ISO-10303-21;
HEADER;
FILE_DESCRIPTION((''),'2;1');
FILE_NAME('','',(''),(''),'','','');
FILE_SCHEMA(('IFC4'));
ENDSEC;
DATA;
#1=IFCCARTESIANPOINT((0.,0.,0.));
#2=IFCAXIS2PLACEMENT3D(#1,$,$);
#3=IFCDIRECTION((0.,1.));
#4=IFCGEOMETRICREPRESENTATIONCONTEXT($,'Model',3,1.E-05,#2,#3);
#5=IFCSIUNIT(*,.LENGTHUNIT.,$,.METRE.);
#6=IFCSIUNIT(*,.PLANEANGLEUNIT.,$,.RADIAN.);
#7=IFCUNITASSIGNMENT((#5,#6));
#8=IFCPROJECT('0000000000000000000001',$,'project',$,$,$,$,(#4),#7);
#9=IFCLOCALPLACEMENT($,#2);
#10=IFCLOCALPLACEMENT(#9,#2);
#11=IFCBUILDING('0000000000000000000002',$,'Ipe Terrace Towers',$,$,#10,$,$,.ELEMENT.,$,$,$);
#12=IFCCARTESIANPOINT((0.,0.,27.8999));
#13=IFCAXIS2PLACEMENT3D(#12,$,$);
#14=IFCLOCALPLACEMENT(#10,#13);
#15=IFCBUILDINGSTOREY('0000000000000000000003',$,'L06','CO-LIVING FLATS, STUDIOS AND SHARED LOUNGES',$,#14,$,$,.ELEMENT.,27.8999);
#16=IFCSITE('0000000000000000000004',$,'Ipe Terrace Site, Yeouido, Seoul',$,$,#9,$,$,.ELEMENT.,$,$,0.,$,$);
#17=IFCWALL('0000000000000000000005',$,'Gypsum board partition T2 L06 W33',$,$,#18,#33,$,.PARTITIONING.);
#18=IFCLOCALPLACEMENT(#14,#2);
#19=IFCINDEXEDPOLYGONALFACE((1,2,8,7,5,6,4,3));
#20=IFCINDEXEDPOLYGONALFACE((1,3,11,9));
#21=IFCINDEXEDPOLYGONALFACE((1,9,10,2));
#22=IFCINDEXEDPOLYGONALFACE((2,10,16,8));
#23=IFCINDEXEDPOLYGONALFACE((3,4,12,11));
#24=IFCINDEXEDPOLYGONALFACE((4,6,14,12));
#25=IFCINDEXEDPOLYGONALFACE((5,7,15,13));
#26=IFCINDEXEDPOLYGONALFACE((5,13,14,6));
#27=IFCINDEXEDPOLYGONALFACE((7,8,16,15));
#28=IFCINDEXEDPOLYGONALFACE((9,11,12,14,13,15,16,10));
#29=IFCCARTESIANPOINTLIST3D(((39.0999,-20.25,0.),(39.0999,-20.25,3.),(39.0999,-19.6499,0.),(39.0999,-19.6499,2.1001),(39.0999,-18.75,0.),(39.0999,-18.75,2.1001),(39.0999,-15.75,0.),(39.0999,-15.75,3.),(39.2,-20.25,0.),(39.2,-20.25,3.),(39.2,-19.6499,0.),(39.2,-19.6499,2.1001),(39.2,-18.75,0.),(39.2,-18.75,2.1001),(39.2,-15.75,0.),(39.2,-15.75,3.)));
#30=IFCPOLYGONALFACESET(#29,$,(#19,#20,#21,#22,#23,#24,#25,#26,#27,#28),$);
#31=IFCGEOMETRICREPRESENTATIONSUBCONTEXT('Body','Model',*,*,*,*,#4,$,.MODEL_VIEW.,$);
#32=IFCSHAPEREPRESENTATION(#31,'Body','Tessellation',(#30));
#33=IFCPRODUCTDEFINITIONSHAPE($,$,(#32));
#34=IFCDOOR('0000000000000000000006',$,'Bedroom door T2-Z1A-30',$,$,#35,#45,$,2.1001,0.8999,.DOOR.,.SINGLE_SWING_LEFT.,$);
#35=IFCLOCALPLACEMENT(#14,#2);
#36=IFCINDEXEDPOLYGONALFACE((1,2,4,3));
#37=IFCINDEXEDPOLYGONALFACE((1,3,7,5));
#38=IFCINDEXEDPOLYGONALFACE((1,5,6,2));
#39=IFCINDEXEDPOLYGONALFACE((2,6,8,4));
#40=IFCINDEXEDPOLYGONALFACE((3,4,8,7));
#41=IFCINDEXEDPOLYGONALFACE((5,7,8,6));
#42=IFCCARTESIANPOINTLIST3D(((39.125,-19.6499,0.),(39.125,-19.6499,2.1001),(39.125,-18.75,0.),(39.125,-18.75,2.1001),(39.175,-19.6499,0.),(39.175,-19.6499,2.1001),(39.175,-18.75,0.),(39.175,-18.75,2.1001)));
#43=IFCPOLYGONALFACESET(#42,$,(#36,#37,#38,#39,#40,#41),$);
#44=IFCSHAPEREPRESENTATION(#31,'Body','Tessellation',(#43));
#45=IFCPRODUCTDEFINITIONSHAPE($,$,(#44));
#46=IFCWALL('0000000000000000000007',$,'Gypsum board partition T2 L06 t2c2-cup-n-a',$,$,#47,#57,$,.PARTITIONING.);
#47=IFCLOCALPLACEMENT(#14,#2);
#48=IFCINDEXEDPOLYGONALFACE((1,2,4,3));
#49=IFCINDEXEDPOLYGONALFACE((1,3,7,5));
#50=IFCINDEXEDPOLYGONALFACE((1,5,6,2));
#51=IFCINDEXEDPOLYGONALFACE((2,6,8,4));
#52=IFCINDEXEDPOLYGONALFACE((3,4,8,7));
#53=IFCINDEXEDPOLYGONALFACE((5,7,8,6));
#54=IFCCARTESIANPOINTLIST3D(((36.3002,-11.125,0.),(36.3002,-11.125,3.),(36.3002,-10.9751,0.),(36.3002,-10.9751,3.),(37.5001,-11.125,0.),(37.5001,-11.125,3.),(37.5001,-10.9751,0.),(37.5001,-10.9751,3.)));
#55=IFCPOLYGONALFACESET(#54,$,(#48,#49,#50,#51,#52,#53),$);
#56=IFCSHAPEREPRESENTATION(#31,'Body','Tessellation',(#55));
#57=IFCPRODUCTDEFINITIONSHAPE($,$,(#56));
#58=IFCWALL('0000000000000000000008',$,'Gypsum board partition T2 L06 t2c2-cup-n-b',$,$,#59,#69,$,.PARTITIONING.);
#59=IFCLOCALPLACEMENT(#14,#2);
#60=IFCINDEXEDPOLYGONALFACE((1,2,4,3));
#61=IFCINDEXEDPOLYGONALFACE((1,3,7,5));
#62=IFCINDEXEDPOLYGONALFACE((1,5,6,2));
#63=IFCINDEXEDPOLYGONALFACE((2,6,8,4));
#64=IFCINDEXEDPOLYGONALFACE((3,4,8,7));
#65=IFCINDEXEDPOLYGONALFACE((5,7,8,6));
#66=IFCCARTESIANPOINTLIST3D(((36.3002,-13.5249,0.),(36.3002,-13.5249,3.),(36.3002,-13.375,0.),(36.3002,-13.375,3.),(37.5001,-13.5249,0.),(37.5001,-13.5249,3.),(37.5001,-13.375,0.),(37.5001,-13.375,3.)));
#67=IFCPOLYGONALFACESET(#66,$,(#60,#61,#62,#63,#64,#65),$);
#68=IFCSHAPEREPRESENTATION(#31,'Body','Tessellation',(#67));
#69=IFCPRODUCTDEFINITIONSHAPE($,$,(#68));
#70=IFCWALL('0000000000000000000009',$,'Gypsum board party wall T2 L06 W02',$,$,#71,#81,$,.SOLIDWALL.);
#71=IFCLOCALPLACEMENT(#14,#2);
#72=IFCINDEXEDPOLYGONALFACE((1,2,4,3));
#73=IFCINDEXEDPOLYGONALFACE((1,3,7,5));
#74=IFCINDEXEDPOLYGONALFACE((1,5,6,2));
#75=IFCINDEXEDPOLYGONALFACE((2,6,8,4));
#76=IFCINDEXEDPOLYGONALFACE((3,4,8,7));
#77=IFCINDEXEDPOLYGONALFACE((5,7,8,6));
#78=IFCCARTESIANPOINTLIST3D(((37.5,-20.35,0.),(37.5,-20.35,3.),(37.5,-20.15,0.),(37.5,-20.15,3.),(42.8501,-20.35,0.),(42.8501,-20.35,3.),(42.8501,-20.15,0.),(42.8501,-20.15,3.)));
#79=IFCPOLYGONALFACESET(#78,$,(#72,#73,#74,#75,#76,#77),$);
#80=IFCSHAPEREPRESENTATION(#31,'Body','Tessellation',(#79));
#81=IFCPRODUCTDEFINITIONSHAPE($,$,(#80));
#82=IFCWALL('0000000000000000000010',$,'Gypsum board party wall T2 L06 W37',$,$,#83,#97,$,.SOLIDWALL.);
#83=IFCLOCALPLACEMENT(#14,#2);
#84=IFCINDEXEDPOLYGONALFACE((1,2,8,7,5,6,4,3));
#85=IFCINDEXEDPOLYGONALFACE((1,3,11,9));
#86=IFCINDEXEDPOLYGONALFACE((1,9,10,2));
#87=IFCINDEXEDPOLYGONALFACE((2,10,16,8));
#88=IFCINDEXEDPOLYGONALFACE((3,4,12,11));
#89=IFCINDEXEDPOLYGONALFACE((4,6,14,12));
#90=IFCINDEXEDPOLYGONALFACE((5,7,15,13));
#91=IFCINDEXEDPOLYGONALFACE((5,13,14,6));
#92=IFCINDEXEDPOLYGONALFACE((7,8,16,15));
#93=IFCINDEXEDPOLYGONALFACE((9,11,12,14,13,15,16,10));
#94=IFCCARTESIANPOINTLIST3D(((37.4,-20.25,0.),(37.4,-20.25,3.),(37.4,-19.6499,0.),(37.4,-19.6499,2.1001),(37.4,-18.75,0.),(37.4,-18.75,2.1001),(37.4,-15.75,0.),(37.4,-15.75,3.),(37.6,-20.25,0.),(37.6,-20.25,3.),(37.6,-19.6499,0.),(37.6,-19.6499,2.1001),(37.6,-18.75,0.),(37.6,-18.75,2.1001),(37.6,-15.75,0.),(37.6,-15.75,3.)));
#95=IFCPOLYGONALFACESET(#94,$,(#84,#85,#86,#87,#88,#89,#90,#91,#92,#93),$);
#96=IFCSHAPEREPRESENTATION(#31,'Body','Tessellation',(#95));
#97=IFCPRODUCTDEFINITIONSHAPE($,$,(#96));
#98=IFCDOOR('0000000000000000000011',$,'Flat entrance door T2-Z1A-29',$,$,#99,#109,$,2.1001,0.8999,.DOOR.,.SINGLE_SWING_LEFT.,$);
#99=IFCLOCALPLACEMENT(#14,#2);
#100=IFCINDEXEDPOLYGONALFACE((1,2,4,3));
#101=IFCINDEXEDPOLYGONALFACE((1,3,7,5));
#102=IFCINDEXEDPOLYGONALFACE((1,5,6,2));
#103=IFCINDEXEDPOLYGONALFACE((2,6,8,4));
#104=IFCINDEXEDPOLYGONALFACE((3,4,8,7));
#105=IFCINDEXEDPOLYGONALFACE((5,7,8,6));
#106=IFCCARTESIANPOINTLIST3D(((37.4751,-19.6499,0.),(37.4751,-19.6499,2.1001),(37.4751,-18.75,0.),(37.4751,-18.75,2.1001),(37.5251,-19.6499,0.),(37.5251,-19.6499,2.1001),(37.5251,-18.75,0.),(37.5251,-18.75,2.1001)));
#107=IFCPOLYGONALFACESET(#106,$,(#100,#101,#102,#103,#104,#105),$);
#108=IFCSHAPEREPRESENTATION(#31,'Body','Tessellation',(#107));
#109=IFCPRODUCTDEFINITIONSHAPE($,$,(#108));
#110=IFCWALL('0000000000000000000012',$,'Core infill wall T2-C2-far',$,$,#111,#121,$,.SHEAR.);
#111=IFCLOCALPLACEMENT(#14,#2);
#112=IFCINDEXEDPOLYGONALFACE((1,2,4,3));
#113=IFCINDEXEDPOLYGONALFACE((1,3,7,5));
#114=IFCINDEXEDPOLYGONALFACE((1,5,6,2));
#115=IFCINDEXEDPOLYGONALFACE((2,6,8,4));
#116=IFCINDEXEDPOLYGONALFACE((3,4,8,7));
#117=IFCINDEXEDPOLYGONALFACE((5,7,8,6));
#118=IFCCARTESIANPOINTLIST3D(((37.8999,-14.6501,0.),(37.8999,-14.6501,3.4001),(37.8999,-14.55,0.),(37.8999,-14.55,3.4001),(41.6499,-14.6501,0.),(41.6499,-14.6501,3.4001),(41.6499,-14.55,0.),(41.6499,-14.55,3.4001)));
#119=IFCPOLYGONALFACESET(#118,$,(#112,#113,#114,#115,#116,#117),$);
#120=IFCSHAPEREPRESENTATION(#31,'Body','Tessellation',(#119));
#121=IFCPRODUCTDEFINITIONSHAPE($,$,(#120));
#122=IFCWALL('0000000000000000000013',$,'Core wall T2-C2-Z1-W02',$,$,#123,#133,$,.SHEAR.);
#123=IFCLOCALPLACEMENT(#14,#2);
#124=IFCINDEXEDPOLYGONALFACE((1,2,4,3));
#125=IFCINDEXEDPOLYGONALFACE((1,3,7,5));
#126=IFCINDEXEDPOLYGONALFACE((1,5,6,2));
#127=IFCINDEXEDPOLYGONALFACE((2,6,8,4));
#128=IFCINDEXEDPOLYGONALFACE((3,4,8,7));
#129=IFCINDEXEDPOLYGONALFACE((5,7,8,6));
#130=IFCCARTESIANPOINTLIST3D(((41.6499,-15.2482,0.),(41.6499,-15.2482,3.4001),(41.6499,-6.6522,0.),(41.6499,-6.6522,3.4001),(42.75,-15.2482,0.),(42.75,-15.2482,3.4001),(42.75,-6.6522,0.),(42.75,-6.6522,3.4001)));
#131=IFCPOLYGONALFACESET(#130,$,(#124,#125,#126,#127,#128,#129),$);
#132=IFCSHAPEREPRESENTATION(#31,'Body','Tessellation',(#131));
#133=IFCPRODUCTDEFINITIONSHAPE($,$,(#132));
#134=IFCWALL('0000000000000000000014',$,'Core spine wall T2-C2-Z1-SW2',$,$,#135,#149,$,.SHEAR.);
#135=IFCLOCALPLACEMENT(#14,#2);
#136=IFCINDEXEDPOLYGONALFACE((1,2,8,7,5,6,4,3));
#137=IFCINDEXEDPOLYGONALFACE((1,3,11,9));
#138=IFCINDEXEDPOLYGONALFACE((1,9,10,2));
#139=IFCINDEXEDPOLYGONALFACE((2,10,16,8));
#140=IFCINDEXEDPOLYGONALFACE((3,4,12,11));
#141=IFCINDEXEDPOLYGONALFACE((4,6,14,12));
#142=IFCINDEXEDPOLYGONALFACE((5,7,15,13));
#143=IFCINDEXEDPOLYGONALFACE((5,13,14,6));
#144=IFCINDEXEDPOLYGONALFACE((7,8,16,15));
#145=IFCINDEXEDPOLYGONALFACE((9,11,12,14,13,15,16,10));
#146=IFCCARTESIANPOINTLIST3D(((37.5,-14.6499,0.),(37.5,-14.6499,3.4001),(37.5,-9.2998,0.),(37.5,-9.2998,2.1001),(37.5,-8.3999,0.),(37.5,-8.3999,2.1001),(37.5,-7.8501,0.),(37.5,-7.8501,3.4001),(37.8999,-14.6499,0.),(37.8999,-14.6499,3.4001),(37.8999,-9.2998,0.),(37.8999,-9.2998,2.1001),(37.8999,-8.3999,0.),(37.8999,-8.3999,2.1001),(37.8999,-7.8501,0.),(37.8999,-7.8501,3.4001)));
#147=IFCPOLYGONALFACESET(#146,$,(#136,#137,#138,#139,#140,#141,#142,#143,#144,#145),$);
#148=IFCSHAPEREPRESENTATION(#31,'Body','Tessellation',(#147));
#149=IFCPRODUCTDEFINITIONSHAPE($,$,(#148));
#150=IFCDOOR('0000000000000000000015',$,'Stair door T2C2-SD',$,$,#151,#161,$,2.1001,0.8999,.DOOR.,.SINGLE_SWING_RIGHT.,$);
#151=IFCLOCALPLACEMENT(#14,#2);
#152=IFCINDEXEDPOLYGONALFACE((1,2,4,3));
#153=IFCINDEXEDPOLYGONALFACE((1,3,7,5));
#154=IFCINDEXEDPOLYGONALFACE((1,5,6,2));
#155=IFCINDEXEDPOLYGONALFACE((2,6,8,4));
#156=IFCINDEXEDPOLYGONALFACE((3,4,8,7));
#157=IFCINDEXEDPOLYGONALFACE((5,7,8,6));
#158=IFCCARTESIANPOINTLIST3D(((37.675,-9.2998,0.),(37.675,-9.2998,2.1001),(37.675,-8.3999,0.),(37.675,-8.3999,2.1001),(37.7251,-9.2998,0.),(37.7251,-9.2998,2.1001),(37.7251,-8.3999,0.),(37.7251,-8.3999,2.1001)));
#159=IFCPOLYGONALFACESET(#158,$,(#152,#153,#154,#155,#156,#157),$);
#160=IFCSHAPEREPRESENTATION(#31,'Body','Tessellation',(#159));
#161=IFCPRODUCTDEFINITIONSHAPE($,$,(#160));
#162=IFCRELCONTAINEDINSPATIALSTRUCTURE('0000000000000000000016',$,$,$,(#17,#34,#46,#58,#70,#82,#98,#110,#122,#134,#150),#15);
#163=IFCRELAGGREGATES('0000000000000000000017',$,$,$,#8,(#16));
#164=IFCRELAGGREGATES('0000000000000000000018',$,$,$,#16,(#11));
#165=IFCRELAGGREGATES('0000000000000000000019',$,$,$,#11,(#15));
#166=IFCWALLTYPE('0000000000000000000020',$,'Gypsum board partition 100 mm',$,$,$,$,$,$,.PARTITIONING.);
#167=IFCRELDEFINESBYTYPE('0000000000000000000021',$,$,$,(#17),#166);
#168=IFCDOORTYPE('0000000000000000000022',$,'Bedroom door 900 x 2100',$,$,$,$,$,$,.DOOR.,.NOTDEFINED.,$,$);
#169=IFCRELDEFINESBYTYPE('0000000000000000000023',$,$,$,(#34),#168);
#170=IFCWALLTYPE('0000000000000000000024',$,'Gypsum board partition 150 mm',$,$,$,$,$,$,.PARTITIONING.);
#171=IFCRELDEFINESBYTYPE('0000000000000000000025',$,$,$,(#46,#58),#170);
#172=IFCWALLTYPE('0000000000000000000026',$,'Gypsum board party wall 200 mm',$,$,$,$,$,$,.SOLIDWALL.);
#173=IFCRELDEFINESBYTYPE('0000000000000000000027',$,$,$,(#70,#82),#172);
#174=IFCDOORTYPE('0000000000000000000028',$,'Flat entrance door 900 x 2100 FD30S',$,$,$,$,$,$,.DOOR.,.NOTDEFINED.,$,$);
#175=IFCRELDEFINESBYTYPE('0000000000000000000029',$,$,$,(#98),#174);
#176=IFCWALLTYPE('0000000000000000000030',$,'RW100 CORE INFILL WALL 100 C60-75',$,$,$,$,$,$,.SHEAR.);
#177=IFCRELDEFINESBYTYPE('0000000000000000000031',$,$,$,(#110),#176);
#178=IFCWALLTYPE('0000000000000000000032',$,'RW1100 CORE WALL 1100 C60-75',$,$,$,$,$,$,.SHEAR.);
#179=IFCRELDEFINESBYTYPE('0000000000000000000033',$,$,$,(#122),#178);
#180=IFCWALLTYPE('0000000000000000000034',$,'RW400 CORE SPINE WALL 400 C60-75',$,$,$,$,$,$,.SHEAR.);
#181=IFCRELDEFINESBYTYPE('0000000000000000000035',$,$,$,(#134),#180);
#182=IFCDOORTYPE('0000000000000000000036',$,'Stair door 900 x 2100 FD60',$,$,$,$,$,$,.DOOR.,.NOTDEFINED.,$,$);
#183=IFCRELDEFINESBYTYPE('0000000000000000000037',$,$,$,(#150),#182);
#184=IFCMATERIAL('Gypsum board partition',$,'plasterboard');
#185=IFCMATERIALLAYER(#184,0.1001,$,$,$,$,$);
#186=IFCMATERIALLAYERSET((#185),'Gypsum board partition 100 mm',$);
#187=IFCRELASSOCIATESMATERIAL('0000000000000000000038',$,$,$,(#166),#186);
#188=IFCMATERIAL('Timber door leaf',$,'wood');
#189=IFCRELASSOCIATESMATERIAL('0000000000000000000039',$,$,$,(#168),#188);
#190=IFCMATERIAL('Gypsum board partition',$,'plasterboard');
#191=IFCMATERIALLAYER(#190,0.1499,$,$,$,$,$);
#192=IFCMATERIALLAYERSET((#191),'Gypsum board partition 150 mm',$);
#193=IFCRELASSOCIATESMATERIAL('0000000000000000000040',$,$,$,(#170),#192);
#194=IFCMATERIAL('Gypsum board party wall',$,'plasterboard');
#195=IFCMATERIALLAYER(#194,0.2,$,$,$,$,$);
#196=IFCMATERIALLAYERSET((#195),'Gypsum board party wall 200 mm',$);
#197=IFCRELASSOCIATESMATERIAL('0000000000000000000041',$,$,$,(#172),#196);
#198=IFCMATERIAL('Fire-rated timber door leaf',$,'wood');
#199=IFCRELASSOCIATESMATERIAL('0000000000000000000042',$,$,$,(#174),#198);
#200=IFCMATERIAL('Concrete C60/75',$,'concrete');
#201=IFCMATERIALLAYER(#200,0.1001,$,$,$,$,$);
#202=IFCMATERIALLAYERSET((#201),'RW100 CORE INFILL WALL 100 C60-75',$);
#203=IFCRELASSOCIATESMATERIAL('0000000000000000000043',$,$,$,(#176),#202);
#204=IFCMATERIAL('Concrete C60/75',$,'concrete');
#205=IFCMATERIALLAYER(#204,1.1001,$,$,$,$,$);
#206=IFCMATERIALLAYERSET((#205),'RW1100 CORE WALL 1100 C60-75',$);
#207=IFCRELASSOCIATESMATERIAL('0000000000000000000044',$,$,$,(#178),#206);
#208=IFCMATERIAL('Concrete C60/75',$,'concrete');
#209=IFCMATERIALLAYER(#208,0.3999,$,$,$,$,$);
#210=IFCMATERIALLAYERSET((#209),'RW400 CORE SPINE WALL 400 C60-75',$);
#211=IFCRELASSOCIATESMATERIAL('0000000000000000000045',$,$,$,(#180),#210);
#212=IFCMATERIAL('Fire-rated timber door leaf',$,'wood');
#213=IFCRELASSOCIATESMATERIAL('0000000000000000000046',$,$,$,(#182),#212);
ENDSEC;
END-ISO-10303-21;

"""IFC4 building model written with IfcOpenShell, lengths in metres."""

from ifc_helpers import new_model, si_unit, direction, frame, frame_2d, origin, place, context, subcontext, project, spatial, rectangle, extrude, material, layer, layer_set, type_object, element, fill, save


model = new_model("IFC4")

# Units and contexts
model_context = context("Model", 3, precision=1e-05, world=origin(), true_north=direction((0.0, 1.0)))
body_context = subcontext(model_context, "Body", "Model", "MODEL_VIEW")
ifc_project = project(units=[si_unit("LENGTHUNIT", "METRE"), si_unit("PLANEANGLEUNIT", "RADIAN")], contexts=[model_context])

# Site, building, storey
site_placement = place(None, origin())
site = spatial("IfcSite", under=ifc_project, at=site_placement, Name="Ipe Terrace Site, Yeouido, Seoul", CompositionType="ELEMENT", RefElevation=0.0)
building_placement = place(site_placement, origin())
building = spatial("IfcBuilding", under=site, at=building_placement, Name="Ipe Terrace Towers", CompositionType="ELEMENT")
storey_placement = place(building_placement, frame((0.0, 0.0, 27.8999)))
storey = spatial("IfcBuildingStorey", under=building, at=storey_placement, Name="L06", Description="CO-LIVING FLATS, STUDIOS AND SHARED LOUNGES", CompositionType="ELEMENT", Elevation=27.8999)

# Wall, opening, door
ifc_material_1 = material(Name="Gypsum board partition", Category="plasterboard")
ifc_layer_1 = layer(ifc_material_1, 0.1001)
ifc_layer_set_1 = layer_set([ifc_layer_1], Name="Gypsum board partition 100 mm")
wall_type_1 = type_object("IfcWallType", Name="Gypsum board partition 100 mm", PredefinedType="PARTITIONING", material=ifc_layer_set_1)
wall_1_placement = place(storey_placement, frame((39.1499, -20.25, 0.0), z_axis=(0.0, 0.0, 1.0), x_axis=(0.0, 1.0, 0.0)))
wall_1 = element("IfcWall", 1, at=wall_1_placement, inside=storey, type_object=wall_type_1, Name="Gypsum board partition T2 L06 W33", PredefinedType="PARTITIONING", context=body_context, shape_type="SweptSolid", body=[
    extrude(rectangle(XDim=4.5, YDim=0.1001, at=frame_2d((2.25, 0.0))), origin(), (0.0, 0.0, 1.0), 3.0),
])
opening_1_placement = place(wall_1_placement, frame((0.6001, 0.0, 0.0)))
opening_1 = element("IfcOpeningElement", 2, at=opening_1_placement, cuts=wall_1, PredefinedType="OPENING", context=body_context, shape_type="SweptSolid", body=[
    extrude(rectangle(XDim=0.8999, YDim=2.1001, at=frame_2d((0.45, 1.05))), frame((0.0, 0.0601, 0.0), z_axis=(0.0, -1.0, 0.0), x_axis=(1.0, 0.0, 0.0)), (0.0, 0.0, 1.0), 0.1201),
])
ifc_material_2 = material(Name="Timber door leaf", Category="wood")
door_type_1 = type_object("IfcDoorType", Name="Bedroom door 900 x 2100", OperationType="NOTDEFINED", PredefinedType="DOOR", material=ifc_material_2)
door_1_placement = place(opening_1_placement, origin())
door_1 = element("IfcDoor", 3, at=door_1_placement, inside=storey, type_object=door_type_1, Name="Bedroom door T2-Z1A-30", OperationType="SINGLE_SWING_LEFT", OverallHeight=2.1001, OverallWidth=0.8999, PredefinedType="DOOR", context=body_context, shape_type="SweptSolid", body=[
    extrude(rectangle(XDim=0.8999, YDim=2.1001, at=frame_2d((0.45, 1.05))), frame((0.0, 0.0249, 0.0), z_axis=(0.0, -1.0, 0.0), x_axis=(1.0, 0.0, 0.0)), (0.0, 0.0, 1.0), 0.05),
])
fill(opening_1, door_1)

# Walls
ifc_material_3 = material(Name="Gypsum board partition", Category="plasterboard")
ifc_layer_2 = layer(ifc_material_3, 0.1499)
ifc_layer_set_2 = layer_set([ifc_layer_2], Name="Gypsum board partition 150 mm")
wall_type_2 = type_object("IfcWallType", Name="Gypsum board partition 150 mm", PredefinedType="PARTITIONING", material=ifc_layer_set_2)
for number, where, z_axis, x_axis, name in (
    (4, (36.3, -11.05, 0.0), (0.0, 0.0, 1.0), (1.0, 0.0, 0.0), "Gypsum board partition T2 L06 t2c2-cup-n-a"),
    (5, (36.3, -13.45, 0.0), (0.0, 0.0, 1.0), (1.0, 0.0, 0.0), "Gypsum board partition T2 L06 t2c2-cup-n-b"),
):
    element("IfcWall", number, at=place(storey_placement, frame(where, z_axis=z_axis, x_axis=x_axis)), inside=storey, type_object=wall_type_2, Name=name, PredefinedType="PARTITIONING", context=body_context, shape_type="SweptSolid", body=[
        extrude(rectangle(XDim=1.2, YDim=0.1499, at=frame_2d((0.6001, 0.0))), origin(), (0.0, 0.0, 1.0), 3.0),
    ])
ifc_material_4 = material(Name="Gypsum board party wall", Category="plasterboard")
ifc_layer_3 = layer(ifc_material_4, 0.2)
ifc_layer_set_3 = layer_set([ifc_layer_3], Name="Gypsum board party wall 200 mm")
wall_type_3 = type_object("IfcWallType", Name="Gypsum board party wall 200 mm", PredefinedType="SOLIDWALL", material=ifc_layer_set_3)
wall_2_placement = place(storey_placement, frame((42.8501, -20.25, 0.0), z_axis=(0.0, 0.0, 1.0), x_axis=(-1.0, 0.0, 0.0)))
element("IfcWall", 6, at=wall_2_placement, inside=storey, type_object=wall_type_3, Name="Gypsum board party wall T2 L06 W02", PredefinedType="SOLIDWALL", context=body_context, shape_type="SweptSolid", body=[
    extrude(rectangle(XDim=5.3501, YDim=0.2, at=frame_2d((2.675, 0.0))), origin(), (0.0, 0.0, 1.0), 3.0),
])

# Wall, opening, door
wall_3_placement = place(storey_placement, frame((37.5, -20.25, 0.0), z_axis=(0.0, 0.0, 1.0), x_axis=(0.0, 1.0, 0.0)))
wall_3 = element("IfcWall", 7, at=wall_3_placement, inside=storey, type_object=wall_type_3, Name="Gypsum board party wall T2 L06 W37", PredefinedType="SOLIDWALL", context=body_context, shape_type="SweptSolid", body=[
    extrude(rectangle(XDim=4.5, YDim=0.2, at=frame_2d((2.25, 0.0))), origin(), (0.0, 0.0, 1.0), 3.0),
])
opening_2_placement = place(wall_3_placement, frame((0.6001, 0.0, 0.0)))
opening_2 = element("IfcOpeningElement", 8, at=opening_2_placement, cuts=wall_3, PredefinedType="OPENING", context=body_context, shape_type="SweptSolid", body=[
    extrude(rectangle(XDim=0.8999, YDim=2.1001, at=frame_2d((0.45, 1.05))), frame((0.0, 0.1099, 0.0), z_axis=(0.0, -1.0, 0.0), x_axis=(1.0, 0.0, 0.0)), (0.0, 0.0, 1.0), 0.22),
])
ifc_material_5 = material(Name="Fire-rated timber door leaf", Category="wood")
door_type_2 = type_object("IfcDoorType", Name="Flat entrance door 900 x 2100 FD30S", OperationType="NOTDEFINED", PredefinedType="DOOR", material=ifc_material_5)
door_2_placement = place(opening_2_placement, origin())
door_2 = element("IfcDoor", 9, at=door_2_placement, inside=storey, type_object=door_type_2, Name="Flat entrance door T2-Z1A-29", OperationType="SINGLE_SWING_LEFT", OverallHeight=2.1001, OverallWidth=0.8999, PredefinedType="DOOR", context=body_context, shape_type="SweptSolid", body=[
    extrude(rectangle(XDim=0.8999, YDim=2.1001, at=frame_2d((0.45, 1.05))), frame((0.0, 0.0249, 0.0), z_axis=(0.0, -1.0, 0.0), x_axis=(1.0, 0.0, 0.0)), (0.0, 0.0, 1.0), 0.05),
])
fill(opening_2, door_2)

# Walls
ifc_material_6 = material(Name="Concrete C60/75", Category="concrete")
ifc_layer_4 = layer(ifc_material_6, 0.1001)
ifc_layer_set_4 = layer_set([ifc_layer_4], Name="RW100 CORE INFILL WALL 100 C60-75")
wall_type_4 = type_object("IfcWallType", Name="RW100 CORE INFILL WALL 100 C60-75", PredefinedType="SHEAR", material=ifc_layer_set_4)
wall_4_placement = place(storey_placement, frame((37.8999, -14.6001, 0.0), z_axis=(0.0, 0.0, 1.0), x_axis=(1.0, 0.0, 0.0)))
element("IfcWall", 10, at=wall_4_placement, inside=storey, type_object=wall_type_4, Name="Core infill wall T2-C2-far", PredefinedType="SHEAR", context=body_context, shape_type="SweptSolid", body=[
    extrude(rectangle(XDim=3.75, YDim=0.1001, at=frame_2d((1.875, 0.0))), origin(), (0.0, 0.0, 1.0), 3.4001),
])
ifc_material_7 = material(Name="Concrete C60/75", Category="concrete")
ifc_layer_5 = layer(ifc_material_7, 1.1001)
ifc_layer_set_5 = layer_set([ifc_layer_5], Name="RW1100 CORE WALL 1100 C60-75")
wall_type_5 = type_object("IfcWallType", Name="RW1100 CORE WALL 1100 C60-75", PredefinedType="SHEAR", material=ifc_layer_set_5)
wall_5_placement = place(storey_placement, frame((42.2, -15.248, 0.0), z_axis=(0.0, 0.0, 1.0), x_axis=(0.0, 1.0, 0.0)))
element("IfcWall", 11, at=wall_5_placement, inside=storey, type_object=wall_type_5, Name="Core wall T2-C2-Z1-W02", PredefinedType="SHEAR", context=body_context, shape_type="SweptSolid", body=[
    extrude(rectangle(XDim=8.5959, YDim=1.1001, at=frame_2d((4.2979, 0.0))), origin(), (0.0, 0.0, 1.0), 3.4001),
])

# Wall, opening, door
ifc_material_8 = material(Name="Concrete C60/75", Category="concrete")
ifc_layer_6 = layer(ifc_material_8, 0.3999)
ifc_layer_set_6 = layer_set([ifc_layer_6], Name="RW400 CORE SPINE WALL 400 C60-75")
wall_type_6 = type_object("IfcWallType", Name="RW400 CORE SPINE WALL 400 C60-75", PredefinedType="SHEAR", material=ifc_layer_set_6)
wall_6_placement = place(storey_placement, frame((37.7, -14.6499, 0.0), z_axis=(0.0, 0.0, 1.0), x_axis=(0.0, 1.0, 0.0)))
wall_6 = element("IfcWall", 12, at=wall_6_placement, inside=storey, type_object=wall_type_6, Name="Core spine wall T2-C2-Z1-SW2", PredefinedType="SHEAR", context=body_context, shape_type="SweptSolid", body=[
    extrude(rectangle(XDim=6.7998, YDim=0.3999, at=frame_2d((3.3999, 0.0))), origin(), (0.0, 0.0, 1.0), 3.4001),
])
opening_3_placement = place(wall_6_placement, frame((5.3501, 0.0, 0.0)))
opening_3 = element("IfcOpeningElement", 13, at=opening_3_placement, cuts=wall_6, PredefinedType="OPENING", context=body_context, shape_type="SweptSolid", body=[
    extrude(rectangle(XDim=0.8999, YDim=2.1001, at=frame_2d((0.45, 1.05))), frame((0.0, 0.21, 0.0), z_axis=(0.0, -1.0, 0.0), x_axis=(1.0, 0.0, 0.0)), (0.0, 0.0, 1.0), 0.4199),
])
ifc_material_9 = material(Name="Fire-rated timber door leaf", Category="wood")
door_type_3 = type_object("IfcDoorType", Name="Stair door 900 x 2100 FD60", OperationType="NOTDEFINED", PredefinedType="DOOR", material=ifc_material_9)
door_3_placement = place(opening_3_placement, origin())
door_3 = element("IfcDoor", 14, at=door_3_placement, inside=storey, type_object=door_type_3, Name="Stair door T2C2-SD", OperationType="SINGLE_SWING_RIGHT", OverallHeight=2.1001, OverallWidth=0.8999, PredefinedType="DOOR", context=body_context, shape_type="SweptSolid", body=[
    extrude(rectangle(XDim=0.8999, YDim=2.1001, at=frame_2d((0.45, 1.05))), frame((0.0, 0.0249, 0.0), z_axis=(0.0, -1.0, 0.0), x_axis=(1.0, 0.0, 0.0)), (0.0, 0.0, 1.0), 0.05),
])
fill(opening_3, door_3)

save(model, "model.ifc")
